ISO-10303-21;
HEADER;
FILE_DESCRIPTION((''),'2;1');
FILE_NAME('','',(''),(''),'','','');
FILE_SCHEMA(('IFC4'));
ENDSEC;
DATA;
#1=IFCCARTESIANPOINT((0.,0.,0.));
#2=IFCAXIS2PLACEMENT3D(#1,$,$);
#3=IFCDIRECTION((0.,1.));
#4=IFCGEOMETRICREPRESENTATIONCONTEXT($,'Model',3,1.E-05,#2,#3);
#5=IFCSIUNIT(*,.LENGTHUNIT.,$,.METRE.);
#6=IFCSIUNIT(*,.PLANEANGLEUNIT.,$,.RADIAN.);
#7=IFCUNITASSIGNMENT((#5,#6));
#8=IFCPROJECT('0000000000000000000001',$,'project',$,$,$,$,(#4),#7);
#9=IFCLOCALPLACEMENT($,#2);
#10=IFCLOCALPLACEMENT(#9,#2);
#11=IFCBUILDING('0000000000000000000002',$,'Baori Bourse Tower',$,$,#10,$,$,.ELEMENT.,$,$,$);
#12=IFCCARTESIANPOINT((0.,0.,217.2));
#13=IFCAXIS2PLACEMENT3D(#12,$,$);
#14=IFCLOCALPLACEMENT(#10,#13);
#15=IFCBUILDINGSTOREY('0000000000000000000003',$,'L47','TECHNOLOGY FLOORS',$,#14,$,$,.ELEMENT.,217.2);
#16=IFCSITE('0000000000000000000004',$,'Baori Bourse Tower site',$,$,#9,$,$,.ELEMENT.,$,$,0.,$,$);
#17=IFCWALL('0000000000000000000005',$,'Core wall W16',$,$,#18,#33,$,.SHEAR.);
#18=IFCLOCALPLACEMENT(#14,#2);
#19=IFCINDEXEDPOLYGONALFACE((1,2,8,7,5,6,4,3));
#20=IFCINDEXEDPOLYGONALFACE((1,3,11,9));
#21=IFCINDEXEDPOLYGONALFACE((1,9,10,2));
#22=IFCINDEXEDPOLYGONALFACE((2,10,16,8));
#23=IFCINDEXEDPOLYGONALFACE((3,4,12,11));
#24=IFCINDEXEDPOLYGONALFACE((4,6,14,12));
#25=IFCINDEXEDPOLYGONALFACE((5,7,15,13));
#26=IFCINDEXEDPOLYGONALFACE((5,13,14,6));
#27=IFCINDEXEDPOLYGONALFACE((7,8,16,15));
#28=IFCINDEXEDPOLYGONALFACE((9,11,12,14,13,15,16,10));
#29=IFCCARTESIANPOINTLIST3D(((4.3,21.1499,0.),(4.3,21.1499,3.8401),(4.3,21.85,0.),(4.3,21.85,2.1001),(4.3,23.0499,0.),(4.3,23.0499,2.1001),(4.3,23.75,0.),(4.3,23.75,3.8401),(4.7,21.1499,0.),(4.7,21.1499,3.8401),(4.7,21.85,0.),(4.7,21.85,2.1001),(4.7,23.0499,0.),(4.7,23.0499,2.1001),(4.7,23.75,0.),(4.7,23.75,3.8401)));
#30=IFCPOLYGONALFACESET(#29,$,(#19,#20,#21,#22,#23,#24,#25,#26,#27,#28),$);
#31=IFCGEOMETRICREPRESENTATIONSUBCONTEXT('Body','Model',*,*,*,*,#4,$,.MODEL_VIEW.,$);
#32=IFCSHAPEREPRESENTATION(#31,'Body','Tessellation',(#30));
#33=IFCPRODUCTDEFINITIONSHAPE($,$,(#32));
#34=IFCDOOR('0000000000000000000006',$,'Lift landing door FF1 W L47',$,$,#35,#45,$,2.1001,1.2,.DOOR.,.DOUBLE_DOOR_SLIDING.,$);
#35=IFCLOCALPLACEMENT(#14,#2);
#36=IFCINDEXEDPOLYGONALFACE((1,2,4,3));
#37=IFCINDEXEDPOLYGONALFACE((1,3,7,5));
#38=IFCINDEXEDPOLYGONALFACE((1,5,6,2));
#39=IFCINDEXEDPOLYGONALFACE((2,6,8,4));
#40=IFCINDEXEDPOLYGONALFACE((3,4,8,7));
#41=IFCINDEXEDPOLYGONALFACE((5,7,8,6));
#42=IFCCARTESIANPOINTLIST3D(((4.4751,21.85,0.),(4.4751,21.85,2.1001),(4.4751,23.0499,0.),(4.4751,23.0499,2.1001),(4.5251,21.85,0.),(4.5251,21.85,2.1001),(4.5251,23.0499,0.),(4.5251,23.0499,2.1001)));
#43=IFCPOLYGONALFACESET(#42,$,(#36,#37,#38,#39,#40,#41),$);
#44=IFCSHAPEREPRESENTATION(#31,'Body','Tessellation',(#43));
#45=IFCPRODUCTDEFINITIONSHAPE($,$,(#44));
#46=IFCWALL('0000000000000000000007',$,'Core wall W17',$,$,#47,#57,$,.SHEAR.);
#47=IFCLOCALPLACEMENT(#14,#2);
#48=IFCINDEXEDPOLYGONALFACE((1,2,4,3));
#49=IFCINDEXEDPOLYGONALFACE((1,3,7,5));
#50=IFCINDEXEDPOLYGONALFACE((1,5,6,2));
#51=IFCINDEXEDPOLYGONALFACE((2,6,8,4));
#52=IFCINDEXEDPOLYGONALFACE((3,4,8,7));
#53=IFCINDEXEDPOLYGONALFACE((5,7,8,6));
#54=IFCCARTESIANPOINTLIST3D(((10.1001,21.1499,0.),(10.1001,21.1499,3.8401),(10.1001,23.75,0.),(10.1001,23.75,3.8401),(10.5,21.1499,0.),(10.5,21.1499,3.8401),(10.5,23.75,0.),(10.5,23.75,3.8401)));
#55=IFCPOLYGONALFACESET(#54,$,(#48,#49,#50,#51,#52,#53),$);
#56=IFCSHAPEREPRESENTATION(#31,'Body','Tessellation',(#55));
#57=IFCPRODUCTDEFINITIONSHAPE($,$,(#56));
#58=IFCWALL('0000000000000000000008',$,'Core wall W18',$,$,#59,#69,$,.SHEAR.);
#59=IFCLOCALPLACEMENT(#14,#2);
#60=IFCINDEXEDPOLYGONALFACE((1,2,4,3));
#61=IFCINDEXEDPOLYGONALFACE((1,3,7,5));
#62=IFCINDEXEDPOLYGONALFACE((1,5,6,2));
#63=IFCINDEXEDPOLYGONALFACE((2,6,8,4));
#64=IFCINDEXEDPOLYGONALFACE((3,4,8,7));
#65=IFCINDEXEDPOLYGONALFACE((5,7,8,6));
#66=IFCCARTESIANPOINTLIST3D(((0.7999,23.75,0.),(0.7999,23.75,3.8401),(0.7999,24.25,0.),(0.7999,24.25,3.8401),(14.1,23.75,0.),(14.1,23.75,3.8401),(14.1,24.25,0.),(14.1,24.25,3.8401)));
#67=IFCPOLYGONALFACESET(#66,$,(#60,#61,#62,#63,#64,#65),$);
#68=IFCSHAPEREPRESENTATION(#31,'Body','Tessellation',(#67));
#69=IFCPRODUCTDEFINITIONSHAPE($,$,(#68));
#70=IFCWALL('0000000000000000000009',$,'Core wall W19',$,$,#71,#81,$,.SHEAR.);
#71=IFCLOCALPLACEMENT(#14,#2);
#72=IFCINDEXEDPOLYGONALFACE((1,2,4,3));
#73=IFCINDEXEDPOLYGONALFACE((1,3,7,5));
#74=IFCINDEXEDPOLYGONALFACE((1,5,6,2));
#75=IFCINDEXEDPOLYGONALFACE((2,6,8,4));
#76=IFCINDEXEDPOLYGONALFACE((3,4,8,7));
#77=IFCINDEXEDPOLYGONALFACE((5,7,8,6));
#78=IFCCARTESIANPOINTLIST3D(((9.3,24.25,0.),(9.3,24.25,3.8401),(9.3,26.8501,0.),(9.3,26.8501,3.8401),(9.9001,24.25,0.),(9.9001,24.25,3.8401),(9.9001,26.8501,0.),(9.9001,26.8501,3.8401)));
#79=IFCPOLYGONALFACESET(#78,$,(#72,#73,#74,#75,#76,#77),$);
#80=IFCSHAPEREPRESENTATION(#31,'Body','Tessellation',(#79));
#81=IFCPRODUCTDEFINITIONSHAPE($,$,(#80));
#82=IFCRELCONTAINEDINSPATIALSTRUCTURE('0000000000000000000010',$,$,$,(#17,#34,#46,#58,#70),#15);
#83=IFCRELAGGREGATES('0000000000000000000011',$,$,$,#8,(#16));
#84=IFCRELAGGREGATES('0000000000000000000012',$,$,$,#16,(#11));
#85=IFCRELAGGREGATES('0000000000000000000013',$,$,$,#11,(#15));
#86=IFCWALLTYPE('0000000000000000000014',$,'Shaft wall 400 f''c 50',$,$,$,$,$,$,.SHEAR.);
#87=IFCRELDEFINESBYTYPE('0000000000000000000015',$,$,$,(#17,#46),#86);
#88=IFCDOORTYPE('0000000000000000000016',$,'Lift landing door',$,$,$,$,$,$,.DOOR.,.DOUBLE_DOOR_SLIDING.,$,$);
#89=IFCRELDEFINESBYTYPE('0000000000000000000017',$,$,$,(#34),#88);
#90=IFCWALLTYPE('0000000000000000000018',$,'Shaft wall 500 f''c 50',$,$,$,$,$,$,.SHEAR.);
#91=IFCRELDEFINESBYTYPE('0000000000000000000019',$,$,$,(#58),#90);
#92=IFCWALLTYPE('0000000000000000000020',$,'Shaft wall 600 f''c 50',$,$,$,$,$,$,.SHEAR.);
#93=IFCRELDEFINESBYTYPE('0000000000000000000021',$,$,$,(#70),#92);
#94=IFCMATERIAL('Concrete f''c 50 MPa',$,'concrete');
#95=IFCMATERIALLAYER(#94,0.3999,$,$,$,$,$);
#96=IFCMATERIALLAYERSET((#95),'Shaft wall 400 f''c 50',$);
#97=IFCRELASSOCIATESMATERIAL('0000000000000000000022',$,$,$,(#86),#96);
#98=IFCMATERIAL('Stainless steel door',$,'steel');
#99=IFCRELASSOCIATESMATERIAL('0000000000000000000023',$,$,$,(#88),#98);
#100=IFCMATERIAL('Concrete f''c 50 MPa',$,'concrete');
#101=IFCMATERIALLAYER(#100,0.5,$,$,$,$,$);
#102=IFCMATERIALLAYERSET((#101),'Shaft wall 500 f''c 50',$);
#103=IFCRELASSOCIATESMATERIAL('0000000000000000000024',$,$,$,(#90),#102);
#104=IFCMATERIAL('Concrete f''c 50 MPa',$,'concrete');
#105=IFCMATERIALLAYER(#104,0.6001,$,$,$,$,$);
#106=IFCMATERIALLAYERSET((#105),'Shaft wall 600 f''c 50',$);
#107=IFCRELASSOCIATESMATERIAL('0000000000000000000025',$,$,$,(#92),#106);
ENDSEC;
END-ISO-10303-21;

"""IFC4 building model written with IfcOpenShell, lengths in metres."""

from ifc_helpers import new_model, si_unit, direction, frame, frame_2d, origin, place, context, subcontext, project, spatial, rectangle, extrude, material, layer, layer_set, type_object, element, fill, save


model = new_model("IFC4")

# Units and contexts
model_context = context("Model", 3, precision=1e-05, world=origin(), true_north=direction((0.0, 1.0)))
body_context = subcontext(model_context, "Body", "Model", "MODEL_VIEW")
ifc_project = project(units=[si_unit("LENGTHUNIT", "METRE"), si_unit("PLANEANGLEUNIT", "RADIAN")], contexts=[model_context])

# Site, building, storey
site_placement = place(None, origin())
site = spatial("IfcSite", under=ifc_project, at=site_placement, Name="Baori Bourse Tower site", CompositionType="ELEMENT", RefElevation=0.0)
building_placement = place(site_placement, origin())
building = spatial("IfcBuilding", under=site, at=building_placement, Name="Baori Bourse Tower", CompositionType="ELEMENT")
storey_placement = place(building_placement, frame((0.0, 0.0, 217.2)))
storey = spatial("IfcBuildingStorey", under=building, at=storey_placement, Name="L47", Description="TECHNOLOGY FLOORS", CompositionType="ELEMENT", Elevation=217.2)

# Shared definitions
ifc_material_1 = material(Name="Concrete f'c 50 MPa", Category="concrete")
ifc_layer_1 = layer(ifc_material_1, 0.3999)
ifc_layer_set_1 = layer_set([ifc_layer_1], Name="Shaft wall 400 f'c 50")
wall_type_1 = type_object("IfcWallType", Name="Shaft wall 400 f'c 50", PredefinedType="SHEAR", material=ifc_layer_set_1)

# Wall, opening, door
wall_1_placement = place(storey_placement, frame((4.5, 21.1499, 0.0), z_axis=(0.0, 0.0, 1.0), x_axis=(0.0, 1.0, 0.0)))
wall_1 = element("IfcWall", 1, at=wall_1_placement, inside=storey, type_object=wall_type_1, Name="Core wall W16", PredefinedType="SHEAR", context=body_context, shape_type="SweptSolid", body=[
    extrude(rectangle(XDim=2.6001, YDim=0.3999, at=frame_2d((1.3, 0.0))), origin(), (0.0, 0.0, 1.0), 3.8401),
])
opening_1_placement = place(wall_1_placement, frame((0.7, 0.0, 0.0)))
opening_1 = element("IfcOpeningElement", 2, at=opening_1_placement, cuts=wall_1, PredefinedType="OPENING", context=body_context, shape_type="SweptSolid", body=[
    extrude(rectangle(XDim=1.2, YDim=2.1001, at=frame_2d((0.6001, 1.05))), frame((0.0, 0.21, 0.0), z_axis=(0.0, -1.0, 0.0), x_axis=(1.0, 0.0, 0.0)), (0.0, 0.0, 1.0), 0.4199),
])
ifc_material_2 = material(Name="Stainless steel door", Category="steel")
door_type_1 = type_object("IfcDoorType", Name="Lift landing door", OperationType="DOUBLE_DOOR_SLIDING", PredefinedType="DOOR", material=ifc_material_2)
door_1_placement = place(opening_1_placement, origin())
door_1 = element("IfcDoor", 3, at=door_1_placement, inside=storey, type_object=door_type_1, Name="Lift landing door FF1 W L47", OperationType="DOUBLE_DOOR_SLIDING", OverallHeight=2.1001, OverallWidth=1.2, PredefinedType="DOOR", context=body_context, shape_type="SweptSolid", body=[
    extrude(rectangle(XDim=1.2, YDim=2.1001, at=frame_2d((0.6001, 1.05))), frame((0.0, 0.0249, 0.0), z_axis=(0.0, -1.0, 0.0), x_axis=(1.0, 0.0, 0.0)), (0.0, 0.0, 1.0), 0.05),
])
fill(opening_1, door_1)

# Walls
wall_2_placement = place(storey_placement, frame((10.3, 21.1499, 0.0), z_axis=(0.0, 0.0, 1.0), x_axis=(0.0, 1.0, 0.0)))
element("IfcWall", 4, at=wall_2_placement, inside=storey, type_object=wall_type_1, Name="Core wall W17", PredefinedType="SHEAR", context=body_context, shape_type="SweptSolid", body=[
    extrude(rectangle(XDim=2.6001, YDim=0.3999, at=frame_2d((1.3, 0.0))), origin(), (0.0, 0.0, 1.0), 3.8401),
])
ifc_material_3 = material(Name="Concrete f'c 50 MPa", Category="concrete")
ifc_layer_2 = layer(ifc_material_3, 0.5)
ifc_layer_set_2 = layer_set([ifc_layer_2], Name="Shaft wall 500 f'c 50")
wall_type_2 = type_object("IfcWallType", Name="Shaft wall 500 f'c 50", PredefinedType="SHEAR", material=ifc_layer_set_2)
wall_3_placement = place(storey_placement, frame((0.8, 24.0, 0.0), z_axis=(0.0, 0.0, 1.0), x_axis=(1.0, 0.0, 0.0)))
element("IfcWall", 5, at=wall_3_placement, inside=storey, type_object=wall_type_2, Name="Core wall W18", PredefinedType="SHEAR", context=body_context, shape_type="SweptSolid", body=[
    extrude(rectangle(XDim=13.3, YDim=0.5, at=frame_2d((6.6499, 0.0))), origin(), (0.0, 0.0, 1.0), 3.8401),
])
ifc_material_4 = material(Name="Concrete f'c 50 MPa", Category="concrete")
ifc_layer_3 = layer(ifc_material_4, 0.6001)
ifc_layer_set_3 = layer_set([ifc_layer_3], Name="Shaft wall 600 f'c 50")
wall_type_3 = type_object("IfcWallType", Name="Shaft wall 600 f'c 50", PredefinedType="SHEAR", material=ifc_layer_set_3)
wall_4_placement = place(storey_placement, frame((9.6001, 24.25, 0.0), z_axis=(0.0, 0.0, 1.0), x_axis=(0.0, 1.0, 0.0)))
element("IfcWall", 6, at=wall_4_placement, inside=storey, type_object=wall_type_3, Name="Core wall W19", PredefinedType="SHEAR", context=body_context, shape_type="SweptSolid", body=[
    extrude(rectangle(XDim=2.6001, YDim=0.6001, at=frame_2d((1.3, 0.0))), origin(), (0.0, 0.0, 1.0), 3.8401),
])

save(model, "model.ifc")
